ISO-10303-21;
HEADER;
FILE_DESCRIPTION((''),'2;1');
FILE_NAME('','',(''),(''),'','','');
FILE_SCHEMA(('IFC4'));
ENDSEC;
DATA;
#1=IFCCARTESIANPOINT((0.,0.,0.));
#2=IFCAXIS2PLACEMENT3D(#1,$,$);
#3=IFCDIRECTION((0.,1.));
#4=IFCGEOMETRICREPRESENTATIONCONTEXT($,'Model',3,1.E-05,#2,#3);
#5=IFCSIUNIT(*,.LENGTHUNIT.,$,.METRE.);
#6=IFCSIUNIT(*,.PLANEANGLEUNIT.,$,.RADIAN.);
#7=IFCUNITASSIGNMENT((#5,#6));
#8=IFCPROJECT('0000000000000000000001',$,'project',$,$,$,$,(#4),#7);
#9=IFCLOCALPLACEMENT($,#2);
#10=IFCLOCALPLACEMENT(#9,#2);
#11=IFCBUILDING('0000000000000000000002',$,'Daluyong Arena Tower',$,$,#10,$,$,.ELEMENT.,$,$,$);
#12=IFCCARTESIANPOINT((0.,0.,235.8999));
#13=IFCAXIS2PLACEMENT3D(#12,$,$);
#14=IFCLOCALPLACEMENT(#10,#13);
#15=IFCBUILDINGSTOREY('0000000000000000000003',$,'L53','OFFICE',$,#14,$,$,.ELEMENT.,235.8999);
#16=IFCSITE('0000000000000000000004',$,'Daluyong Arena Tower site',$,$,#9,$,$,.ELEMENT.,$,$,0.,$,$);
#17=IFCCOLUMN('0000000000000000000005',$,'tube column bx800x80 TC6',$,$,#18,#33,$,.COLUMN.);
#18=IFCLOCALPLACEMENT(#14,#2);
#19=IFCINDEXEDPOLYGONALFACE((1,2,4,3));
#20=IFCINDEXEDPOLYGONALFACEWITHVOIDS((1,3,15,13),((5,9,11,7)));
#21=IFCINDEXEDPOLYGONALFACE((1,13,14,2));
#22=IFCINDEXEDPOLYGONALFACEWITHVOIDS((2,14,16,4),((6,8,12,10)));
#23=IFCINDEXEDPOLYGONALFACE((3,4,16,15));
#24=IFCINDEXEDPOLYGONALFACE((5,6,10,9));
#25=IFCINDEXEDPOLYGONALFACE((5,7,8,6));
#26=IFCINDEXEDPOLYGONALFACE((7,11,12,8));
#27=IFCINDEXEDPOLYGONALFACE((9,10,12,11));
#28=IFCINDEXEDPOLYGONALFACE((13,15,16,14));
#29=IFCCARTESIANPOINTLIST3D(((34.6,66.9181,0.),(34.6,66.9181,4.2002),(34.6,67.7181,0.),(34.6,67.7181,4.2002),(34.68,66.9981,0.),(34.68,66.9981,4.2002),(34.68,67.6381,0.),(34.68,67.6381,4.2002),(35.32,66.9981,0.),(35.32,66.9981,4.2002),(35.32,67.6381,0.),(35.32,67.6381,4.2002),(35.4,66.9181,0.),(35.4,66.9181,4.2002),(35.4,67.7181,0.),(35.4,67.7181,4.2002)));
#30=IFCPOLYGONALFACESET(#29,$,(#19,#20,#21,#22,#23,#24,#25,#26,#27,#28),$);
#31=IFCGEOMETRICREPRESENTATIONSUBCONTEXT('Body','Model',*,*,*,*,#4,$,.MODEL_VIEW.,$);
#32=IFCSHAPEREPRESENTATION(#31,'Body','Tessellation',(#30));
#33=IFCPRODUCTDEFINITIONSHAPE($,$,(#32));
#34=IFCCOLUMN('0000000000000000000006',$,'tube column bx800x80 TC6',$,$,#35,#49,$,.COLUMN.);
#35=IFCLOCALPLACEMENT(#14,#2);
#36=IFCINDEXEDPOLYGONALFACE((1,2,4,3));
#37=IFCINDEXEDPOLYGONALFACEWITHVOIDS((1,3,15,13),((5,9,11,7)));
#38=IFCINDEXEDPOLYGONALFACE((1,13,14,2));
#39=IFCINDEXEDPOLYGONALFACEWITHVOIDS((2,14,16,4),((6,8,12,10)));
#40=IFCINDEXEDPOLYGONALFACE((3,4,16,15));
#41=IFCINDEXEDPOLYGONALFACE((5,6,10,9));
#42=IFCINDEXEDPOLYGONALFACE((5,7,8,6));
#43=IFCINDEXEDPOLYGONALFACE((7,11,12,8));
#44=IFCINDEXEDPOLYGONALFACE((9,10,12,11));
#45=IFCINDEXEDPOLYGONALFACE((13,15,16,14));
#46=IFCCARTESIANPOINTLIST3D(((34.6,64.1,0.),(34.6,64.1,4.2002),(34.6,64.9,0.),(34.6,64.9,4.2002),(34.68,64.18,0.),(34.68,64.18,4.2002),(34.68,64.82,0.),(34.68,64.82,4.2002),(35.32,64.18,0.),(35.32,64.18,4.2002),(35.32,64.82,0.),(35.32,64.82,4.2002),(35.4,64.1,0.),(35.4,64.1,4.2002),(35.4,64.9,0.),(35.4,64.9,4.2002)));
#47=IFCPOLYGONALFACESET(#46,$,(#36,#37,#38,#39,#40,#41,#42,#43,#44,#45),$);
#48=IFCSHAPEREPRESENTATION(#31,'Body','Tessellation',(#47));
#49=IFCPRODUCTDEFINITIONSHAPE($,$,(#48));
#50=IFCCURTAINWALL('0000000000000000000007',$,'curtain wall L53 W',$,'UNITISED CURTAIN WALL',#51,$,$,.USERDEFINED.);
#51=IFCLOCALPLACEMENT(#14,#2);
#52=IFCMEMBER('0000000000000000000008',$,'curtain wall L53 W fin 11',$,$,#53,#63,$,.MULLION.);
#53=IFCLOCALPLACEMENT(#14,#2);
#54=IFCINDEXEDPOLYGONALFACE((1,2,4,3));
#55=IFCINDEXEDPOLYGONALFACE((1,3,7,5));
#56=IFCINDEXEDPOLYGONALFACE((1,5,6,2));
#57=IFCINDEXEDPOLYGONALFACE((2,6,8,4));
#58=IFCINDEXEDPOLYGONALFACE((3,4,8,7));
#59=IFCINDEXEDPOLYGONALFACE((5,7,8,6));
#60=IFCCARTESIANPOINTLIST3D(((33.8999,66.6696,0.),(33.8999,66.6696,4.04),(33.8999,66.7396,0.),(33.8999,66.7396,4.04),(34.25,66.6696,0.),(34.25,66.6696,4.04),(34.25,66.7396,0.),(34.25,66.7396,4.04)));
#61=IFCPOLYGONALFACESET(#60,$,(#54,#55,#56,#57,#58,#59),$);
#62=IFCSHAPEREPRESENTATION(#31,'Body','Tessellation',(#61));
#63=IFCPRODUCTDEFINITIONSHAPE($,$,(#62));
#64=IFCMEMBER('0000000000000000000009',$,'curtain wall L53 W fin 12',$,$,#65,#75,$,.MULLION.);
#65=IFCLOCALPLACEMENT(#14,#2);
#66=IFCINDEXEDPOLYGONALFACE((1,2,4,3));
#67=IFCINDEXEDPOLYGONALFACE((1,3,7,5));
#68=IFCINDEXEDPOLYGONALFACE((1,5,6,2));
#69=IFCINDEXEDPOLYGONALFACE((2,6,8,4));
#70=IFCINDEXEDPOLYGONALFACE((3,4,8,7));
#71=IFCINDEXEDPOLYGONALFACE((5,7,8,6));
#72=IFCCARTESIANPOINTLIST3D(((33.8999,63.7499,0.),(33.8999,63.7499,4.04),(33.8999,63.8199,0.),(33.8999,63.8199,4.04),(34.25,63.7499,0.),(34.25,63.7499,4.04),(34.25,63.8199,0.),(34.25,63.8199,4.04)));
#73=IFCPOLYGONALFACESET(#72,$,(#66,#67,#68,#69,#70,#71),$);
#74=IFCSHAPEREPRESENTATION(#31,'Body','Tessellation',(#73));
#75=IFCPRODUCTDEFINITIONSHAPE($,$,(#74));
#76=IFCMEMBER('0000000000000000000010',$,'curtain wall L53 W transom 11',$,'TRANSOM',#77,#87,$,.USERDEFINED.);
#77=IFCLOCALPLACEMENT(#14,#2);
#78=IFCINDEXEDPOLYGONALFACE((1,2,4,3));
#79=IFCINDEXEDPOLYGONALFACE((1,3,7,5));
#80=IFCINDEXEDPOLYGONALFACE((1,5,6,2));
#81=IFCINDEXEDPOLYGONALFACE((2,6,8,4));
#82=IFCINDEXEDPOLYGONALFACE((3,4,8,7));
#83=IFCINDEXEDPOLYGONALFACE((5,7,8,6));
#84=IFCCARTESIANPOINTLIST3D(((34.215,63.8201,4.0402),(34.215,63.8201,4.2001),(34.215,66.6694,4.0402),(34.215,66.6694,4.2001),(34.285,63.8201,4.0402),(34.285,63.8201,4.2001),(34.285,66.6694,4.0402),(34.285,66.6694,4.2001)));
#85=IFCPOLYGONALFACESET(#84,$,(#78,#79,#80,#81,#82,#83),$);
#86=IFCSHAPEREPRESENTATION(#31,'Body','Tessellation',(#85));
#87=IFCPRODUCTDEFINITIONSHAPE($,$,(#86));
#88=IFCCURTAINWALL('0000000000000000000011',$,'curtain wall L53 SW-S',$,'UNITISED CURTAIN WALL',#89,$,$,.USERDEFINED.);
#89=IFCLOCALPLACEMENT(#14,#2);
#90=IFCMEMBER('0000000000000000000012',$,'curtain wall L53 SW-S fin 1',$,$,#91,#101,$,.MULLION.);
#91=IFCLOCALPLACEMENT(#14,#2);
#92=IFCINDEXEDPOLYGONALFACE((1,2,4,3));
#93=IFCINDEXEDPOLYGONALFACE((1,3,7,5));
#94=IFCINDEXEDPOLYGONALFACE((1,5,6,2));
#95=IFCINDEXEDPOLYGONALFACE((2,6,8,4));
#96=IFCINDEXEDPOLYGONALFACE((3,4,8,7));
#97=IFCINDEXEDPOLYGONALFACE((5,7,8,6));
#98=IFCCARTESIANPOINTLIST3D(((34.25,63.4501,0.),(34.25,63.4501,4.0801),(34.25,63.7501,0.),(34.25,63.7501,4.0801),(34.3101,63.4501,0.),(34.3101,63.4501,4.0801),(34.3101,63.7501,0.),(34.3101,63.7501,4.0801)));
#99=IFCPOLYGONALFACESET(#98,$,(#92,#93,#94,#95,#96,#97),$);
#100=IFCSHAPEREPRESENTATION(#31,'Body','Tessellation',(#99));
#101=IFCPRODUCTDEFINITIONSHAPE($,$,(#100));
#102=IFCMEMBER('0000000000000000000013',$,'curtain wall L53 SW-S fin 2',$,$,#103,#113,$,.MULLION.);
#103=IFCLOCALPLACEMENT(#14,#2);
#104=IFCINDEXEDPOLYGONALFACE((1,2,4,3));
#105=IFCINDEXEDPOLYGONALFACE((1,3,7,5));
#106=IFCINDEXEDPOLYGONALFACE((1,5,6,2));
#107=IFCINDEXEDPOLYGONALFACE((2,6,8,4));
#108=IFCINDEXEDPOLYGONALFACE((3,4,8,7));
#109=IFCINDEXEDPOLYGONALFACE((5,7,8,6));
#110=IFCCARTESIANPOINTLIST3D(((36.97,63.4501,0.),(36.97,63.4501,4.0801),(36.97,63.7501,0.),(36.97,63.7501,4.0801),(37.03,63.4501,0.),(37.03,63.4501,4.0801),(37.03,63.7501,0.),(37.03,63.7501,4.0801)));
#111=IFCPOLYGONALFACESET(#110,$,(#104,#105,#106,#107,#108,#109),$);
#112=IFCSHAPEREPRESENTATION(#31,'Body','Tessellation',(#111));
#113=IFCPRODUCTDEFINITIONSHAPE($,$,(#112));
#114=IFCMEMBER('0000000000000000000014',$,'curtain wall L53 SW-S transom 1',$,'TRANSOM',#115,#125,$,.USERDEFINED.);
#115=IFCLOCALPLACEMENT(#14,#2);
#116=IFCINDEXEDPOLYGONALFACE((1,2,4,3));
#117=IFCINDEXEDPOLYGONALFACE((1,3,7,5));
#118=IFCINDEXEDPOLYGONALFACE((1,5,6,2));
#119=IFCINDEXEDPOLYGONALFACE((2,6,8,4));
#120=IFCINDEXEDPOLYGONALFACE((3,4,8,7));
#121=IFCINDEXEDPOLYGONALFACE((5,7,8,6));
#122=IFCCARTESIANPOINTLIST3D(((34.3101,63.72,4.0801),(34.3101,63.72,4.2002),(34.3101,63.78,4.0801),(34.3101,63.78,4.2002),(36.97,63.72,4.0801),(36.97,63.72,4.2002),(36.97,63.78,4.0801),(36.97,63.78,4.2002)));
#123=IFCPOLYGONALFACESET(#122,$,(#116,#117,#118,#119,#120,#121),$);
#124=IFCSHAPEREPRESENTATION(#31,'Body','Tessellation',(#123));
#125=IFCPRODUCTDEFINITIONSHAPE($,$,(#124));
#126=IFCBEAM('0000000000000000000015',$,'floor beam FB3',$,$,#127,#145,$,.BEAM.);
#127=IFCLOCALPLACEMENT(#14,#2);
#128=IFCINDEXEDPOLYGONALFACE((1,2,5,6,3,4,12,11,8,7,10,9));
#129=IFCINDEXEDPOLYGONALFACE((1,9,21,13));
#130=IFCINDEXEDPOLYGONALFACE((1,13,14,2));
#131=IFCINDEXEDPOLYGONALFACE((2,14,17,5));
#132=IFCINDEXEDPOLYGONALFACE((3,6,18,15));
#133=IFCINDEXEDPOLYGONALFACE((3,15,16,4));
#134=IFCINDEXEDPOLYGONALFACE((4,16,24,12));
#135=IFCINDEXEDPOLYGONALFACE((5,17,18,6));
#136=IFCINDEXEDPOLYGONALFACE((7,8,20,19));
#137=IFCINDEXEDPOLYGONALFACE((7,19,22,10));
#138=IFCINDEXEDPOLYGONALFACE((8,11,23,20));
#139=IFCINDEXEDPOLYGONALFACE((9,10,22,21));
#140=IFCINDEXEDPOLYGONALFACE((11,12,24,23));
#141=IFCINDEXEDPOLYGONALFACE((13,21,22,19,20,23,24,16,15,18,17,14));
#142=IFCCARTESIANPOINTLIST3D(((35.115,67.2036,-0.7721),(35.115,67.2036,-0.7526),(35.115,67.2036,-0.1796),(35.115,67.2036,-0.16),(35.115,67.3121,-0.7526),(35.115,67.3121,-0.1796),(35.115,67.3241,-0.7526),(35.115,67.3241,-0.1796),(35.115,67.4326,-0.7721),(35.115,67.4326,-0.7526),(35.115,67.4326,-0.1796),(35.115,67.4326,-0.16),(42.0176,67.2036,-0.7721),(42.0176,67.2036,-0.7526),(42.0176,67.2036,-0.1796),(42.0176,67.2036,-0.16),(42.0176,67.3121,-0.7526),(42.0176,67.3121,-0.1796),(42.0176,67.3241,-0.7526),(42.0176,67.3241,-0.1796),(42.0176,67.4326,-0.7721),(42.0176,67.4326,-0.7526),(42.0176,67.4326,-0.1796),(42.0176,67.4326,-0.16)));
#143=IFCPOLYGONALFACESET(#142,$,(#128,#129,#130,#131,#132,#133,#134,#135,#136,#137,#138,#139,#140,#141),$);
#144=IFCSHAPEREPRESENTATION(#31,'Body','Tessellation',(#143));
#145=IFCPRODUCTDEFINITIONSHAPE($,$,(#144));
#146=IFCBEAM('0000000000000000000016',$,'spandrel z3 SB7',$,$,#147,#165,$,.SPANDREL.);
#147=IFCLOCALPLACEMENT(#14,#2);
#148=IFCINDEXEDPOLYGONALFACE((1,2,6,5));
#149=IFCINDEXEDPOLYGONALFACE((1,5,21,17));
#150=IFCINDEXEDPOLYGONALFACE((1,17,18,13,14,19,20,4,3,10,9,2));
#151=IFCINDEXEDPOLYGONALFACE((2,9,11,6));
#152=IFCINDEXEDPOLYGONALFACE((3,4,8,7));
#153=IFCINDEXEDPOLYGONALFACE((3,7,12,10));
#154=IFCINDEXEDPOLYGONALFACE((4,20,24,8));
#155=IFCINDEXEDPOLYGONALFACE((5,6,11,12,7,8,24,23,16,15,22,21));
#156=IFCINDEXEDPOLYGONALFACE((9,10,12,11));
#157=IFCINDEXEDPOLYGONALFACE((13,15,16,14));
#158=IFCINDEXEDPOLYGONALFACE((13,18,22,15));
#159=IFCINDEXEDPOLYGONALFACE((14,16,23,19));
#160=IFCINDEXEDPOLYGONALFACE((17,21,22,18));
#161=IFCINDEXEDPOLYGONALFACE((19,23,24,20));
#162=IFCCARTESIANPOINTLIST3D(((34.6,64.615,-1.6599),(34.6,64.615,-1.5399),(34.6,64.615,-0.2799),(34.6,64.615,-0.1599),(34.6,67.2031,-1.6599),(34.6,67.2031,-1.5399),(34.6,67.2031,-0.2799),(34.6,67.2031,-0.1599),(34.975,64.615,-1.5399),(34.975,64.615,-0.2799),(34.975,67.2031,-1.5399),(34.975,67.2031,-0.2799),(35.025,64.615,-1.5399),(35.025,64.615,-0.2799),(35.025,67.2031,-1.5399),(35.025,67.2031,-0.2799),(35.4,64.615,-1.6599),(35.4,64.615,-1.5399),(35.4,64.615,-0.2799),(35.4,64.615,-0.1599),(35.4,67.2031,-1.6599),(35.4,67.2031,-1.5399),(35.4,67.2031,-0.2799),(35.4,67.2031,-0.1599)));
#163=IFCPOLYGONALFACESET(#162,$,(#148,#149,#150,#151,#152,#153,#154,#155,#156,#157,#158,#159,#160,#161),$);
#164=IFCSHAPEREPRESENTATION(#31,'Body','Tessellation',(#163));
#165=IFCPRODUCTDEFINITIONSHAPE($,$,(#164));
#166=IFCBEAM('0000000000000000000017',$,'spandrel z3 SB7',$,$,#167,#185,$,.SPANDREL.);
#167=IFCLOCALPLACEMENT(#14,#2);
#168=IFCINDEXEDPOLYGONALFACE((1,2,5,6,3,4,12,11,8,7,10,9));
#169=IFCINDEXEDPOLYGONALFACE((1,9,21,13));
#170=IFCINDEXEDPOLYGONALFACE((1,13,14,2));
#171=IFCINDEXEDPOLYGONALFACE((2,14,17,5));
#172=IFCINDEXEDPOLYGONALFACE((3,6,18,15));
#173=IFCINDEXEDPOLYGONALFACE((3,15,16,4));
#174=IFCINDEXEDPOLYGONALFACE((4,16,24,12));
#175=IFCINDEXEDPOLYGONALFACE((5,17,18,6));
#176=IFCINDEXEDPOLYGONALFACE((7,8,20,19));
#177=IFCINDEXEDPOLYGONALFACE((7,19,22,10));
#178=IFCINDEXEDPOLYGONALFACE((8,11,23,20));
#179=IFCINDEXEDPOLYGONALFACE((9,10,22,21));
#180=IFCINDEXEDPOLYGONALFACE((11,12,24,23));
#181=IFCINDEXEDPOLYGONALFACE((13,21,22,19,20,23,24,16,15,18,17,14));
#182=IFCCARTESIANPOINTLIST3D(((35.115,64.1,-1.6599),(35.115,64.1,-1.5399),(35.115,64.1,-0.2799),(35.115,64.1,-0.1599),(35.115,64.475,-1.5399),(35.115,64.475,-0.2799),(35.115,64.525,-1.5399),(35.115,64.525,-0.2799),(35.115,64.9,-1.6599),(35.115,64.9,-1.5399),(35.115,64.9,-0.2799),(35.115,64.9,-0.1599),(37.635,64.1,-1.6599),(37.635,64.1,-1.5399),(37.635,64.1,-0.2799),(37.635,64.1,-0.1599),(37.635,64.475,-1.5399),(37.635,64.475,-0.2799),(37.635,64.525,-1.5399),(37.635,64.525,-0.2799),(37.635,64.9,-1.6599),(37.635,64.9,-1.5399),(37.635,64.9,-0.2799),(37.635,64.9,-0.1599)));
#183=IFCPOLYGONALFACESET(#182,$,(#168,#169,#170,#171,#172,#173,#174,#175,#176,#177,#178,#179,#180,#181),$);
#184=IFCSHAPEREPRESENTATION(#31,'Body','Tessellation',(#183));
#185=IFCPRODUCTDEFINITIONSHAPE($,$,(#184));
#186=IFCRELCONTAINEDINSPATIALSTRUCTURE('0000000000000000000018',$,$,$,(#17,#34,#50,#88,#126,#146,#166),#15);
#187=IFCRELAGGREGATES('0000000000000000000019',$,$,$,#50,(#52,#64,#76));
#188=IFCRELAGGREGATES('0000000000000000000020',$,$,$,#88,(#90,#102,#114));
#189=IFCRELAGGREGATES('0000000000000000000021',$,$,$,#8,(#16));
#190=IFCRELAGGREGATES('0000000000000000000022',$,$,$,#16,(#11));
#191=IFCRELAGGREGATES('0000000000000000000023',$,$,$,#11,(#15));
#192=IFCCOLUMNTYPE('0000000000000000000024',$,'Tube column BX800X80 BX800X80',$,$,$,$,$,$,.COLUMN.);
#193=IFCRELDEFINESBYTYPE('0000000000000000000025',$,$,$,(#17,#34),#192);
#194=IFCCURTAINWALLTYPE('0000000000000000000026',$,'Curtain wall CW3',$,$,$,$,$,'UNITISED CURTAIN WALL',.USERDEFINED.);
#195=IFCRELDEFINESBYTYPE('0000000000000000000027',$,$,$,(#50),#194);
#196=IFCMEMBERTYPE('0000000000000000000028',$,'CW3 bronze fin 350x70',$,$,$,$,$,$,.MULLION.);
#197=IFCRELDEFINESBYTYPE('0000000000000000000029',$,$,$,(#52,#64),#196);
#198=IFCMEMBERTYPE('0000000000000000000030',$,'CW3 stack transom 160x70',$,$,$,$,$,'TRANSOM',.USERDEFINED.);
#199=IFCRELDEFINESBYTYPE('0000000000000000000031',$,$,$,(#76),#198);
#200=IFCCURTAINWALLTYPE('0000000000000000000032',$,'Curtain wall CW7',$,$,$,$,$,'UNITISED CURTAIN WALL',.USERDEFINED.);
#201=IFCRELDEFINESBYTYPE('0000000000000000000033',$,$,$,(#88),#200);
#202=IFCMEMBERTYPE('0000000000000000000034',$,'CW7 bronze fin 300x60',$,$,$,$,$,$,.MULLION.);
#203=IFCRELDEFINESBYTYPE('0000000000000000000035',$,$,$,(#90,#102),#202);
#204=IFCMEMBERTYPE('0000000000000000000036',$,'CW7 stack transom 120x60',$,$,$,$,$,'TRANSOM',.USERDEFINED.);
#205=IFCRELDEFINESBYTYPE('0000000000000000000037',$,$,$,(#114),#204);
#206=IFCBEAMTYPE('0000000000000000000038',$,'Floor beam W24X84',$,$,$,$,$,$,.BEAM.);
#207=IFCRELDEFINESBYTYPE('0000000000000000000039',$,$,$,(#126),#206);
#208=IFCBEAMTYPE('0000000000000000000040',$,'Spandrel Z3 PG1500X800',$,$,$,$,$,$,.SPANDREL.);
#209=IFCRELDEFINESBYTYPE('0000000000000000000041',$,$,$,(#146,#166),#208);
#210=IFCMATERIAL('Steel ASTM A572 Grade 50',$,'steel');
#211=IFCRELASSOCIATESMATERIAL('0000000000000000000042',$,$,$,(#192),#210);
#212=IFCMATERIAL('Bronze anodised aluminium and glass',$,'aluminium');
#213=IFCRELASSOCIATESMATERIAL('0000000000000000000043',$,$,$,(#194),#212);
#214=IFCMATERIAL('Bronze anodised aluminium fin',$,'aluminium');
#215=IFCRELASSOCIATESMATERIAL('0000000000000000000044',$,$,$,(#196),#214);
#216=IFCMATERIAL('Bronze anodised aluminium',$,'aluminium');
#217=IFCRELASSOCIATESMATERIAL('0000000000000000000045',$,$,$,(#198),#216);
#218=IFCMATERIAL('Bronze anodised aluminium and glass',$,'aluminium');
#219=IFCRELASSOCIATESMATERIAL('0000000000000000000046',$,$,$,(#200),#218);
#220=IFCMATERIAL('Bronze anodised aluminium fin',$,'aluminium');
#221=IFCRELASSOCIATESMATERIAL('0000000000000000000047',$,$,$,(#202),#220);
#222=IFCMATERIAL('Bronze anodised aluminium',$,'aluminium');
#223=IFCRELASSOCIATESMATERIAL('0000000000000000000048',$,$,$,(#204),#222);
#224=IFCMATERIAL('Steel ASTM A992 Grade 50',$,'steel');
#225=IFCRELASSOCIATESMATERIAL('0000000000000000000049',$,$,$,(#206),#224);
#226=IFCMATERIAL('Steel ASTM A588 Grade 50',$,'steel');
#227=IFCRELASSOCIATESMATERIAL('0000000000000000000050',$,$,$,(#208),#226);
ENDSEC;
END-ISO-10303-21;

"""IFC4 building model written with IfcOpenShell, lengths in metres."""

from ifc_helpers import new_model, si_unit, direction, frame, origin, origin_2d, place, context, subcontext, project, spatial, rectangle, hollow_rectangle, i_section, extrude, material, material_profile, profile_set, type_object, element, aggregate, save


model = new_model("IFC4")

# Units and contexts
model_context = context("Model", 3, precision=1e-05, world=origin(), true_north=direction((0.0, 1.0)))
body_context = subcontext(model_context, "Body", "Model", "MODEL_VIEW")
ifc_project = project(units=[si_unit("LENGTHUNIT", "METRE"), si_unit("PLANEANGLEUNIT", "RADIAN")], contexts=[model_context])

# Site, building, storey
site_placement = place(None, origin())
site = spatial("IfcSite", under=ifc_project, at=site_placement, Name="Daluyong Arena Tower site", CompositionType="ELEMENT", RefElevation=0.0)
building_placement = place(site_placement, origin())
building = spatial("IfcBuilding", under=site, at=building_placement, Name="Daluyong Arena Tower", CompositionType="ELEMENT")
storey_placement = place(building_placement, frame((0.0, 0.0, 235.8999)))
storey = spatial("IfcBuildingStorey", under=building, at=storey_placement, Name="L53", Description="OFFICE", CompositionType="ELEMENT", Elevation=235.8999)

# Columns
ifc_material_1 = material(Name="Steel ASTM A572 Grade 50", Category="steel")
ifc_material_profile_1 = material_profile(ifc_material_1, hollow_rectangle(XDim=0.8, YDim=0.8, WallThickness=0.08, at=origin_2d()))
ifc_profile_set_1 = profile_set([ifc_material_profile_1], Name="Steel ASTM A572 Grade 50")
column_type = type_object("IfcColumnType", Name="Tube column BX800X80 BX800X80", PredefinedType="COLUMN", material=ifc_profile_set_1)
for number, where, z_axis, x_axis, name in (
    (1, (35.0, 67.3181, 0.0), (0.0, 0.0, 1.0), (0.0, 1.0, 0.0), "tube column bx800x80 TC6"),
    (2, (35.0, 64.5, 0.0), (0.0, 0.0, 1.0), (1.0, 0.0, 0.0), "tube column bx800x80 TC6"),
):
    element("IfcColumn", number, at=place(storey_placement, frame(where, z_axis=z_axis, x_axis=x_axis)), inside=storey, type_object=column_type, Name=name, PredefinedType="COLUMN", context=body_context, shape_type="SweptSolid", body=[
        extrude(hollow_rectangle(XDim=0.8, YDim=0.8, WallThickness=0.08, at=origin_2d()), origin(), (0.0, 0.0, 1.0), 4.2002),
    ])

# Curtain walls, members
ifc_material_2 = material(Name="Bronze anodised aluminium and glass", Category="aluminium")
curtain_wall_type_1 = type_object("IfcCurtainWallType", Name="Curtain wall CW3", ElementType="UNITISED CURTAIN WALL", PredefinedType="USERDEFINED", material=ifc_material_2)
curtain_wall_1_placement = place(storey_placement, origin())
curtain_wall_1 = element("IfcCurtainWall", 3, at=curtain_wall_1_placement, inside=storey, type_object=curtain_wall_type_1, Name="curtain wall L53 W", ObjectType="UNITISED CURTAIN WALL", PredefinedType="USERDEFINED")
ifc_material_3 = material(Name="Bronze anodised aluminium fin", Category="aluminium")
ifc_material_profile_2 = material_profile(ifc_material_3, rectangle(XDim=0.3501, YDim=0.0701, at=origin_2d()))
ifc_profile_set_2 = profile_set([ifc_material_profile_2], Name="Bronze anodised aluminium fin")
member_type_1 = type_object("IfcMemberType", Name="CW3 bronze fin 350x70", PredefinedType="MULLION", material=ifc_profile_set_2)
member_1_placement = place(storey_placement, frame((34.075, 66.7046, 0.0), z_axis=(0.0, 0.0, 1.0), x_axis=(1.0, 0.0, 0.0)))
member_1 = element("IfcMember", 4, at=member_1_placement, type_object=member_type_1, Name="curtain wall L53 W fin 11", PredefinedType="MULLION", context=body_context, shape_type="SweptSolid", body=[
    extrude(rectangle(XDim=0.3501, YDim=0.0701, at=origin_2d()), origin(), (0.0, 0.0, 1.0), 4.04),
])
member_2_placement = place(storey_placement, frame((34.075, 63.7849, 0.0), z_axis=(0.0, 0.0, 1.0), x_axis=(1.0, 0.0, 0.0)))
member_2 = element("IfcMember", 5, at=member_2_placement, type_object=member_type_1, Name="curtain wall L53 W fin 12", PredefinedType="MULLION", context=body_context, shape_type="SweptSolid", body=[
    extrude(rectangle(XDim=0.3501, YDim=0.0701, at=origin_2d()), origin(), (0.0, 0.0, 1.0), 4.04),
])
ifc_material_4 = material(Name="Bronze anodised aluminium", Category="aluminium")
ifc_material_profile_3 = material_profile(ifc_material_4, rectangle(XDim=0.0701, YDim=0.1599, at=origin_2d()))
ifc_profile_set_3 = profile_set([ifc_material_profile_3], Name="Bronze anodised aluminium")
member_type_2 = type_object("IfcMemberType", Name="CW3 stack transom 160x70", ElementType="TRANSOM", PredefinedType="USERDEFINED", material=ifc_profile_set_3)
member_3_placement = place(storey_placement, frame((34.25, 66.6694, 4.1201), z_axis=(0.0, -1.0, 0.0), x_axis=(1.0, 0.0, 0.0)))
member_3 = element("IfcMember", 6, at=member_3_placement, type_object=member_type_2, Name="curtain wall L53 W transom 11", ObjectType="TRANSOM", PredefinedType="USERDEFINED", context=body_context, shape_type="SweptSolid", body=[
    extrude(rectangle(XDim=0.0701, YDim=0.1599, at=origin_2d()), origin(), (0.0, 0.0, 1.0), 2.8494),
])
ifc_material_5 = material(Name="Bronze anodised aluminium and glass", Category="aluminium")
curtain_wall_type_2 = type_object("IfcCurtainWallType", Name="Curtain wall CW7", ElementType="UNITISED CURTAIN WALL", PredefinedType="USERDEFINED", material=ifc_material_5)
curtain_wall_2_placement = place(storey_placement, origin())
curtain_wall_2 = element("IfcCurtainWall", 7, at=curtain_wall_2_placement, inside=storey, type_object=curtain_wall_type_2, Name="curtain wall L53 SW-S", ObjectType="UNITISED CURTAIN WALL", PredefinedType="USERDEFINED")
ifc_material_6 = material(Name="Bronze anodised aluminium fin", Category="aluminium")
ifc_material_profile_4 = material_profile(ifc_material_6, rectangle(XDim=0.3, YDim=0.0601, at=origin_2d()))
ifc_profile_set_4 = profile_set([ifc_material_profile_4], Name="Bronze anodised aluminium fin")
member_type_3 = type_object("IfcMemberType", Name="CW7 bronze fin 300x60", PredefinedType="MULLION", material=ifc_profile_set_4)
member_4_placement = place(storey_placement, frame((34.28, 63.6001, 0.0), z_axis=(0.0, 0.0, 1.0), x_axis=(0.0, 1.0, 0.0)))
member_4 = element("IfcMember", 8, at=member_4_placement, type_object=member_type_3, Name="curtain wall L53 SW-S fin 1", PredefinedType="MULLION", context=body_context, shape_type="SweptSolid", body=[
    extrude(rectangle(XDim=0.3, YDim=0.0601, at=origin_2d()), origin(), (0.0, 0.0, 1.0), 4.0801),
])
member_5_placement = place(storey_placement, frame((37.0, 63.6001, 0.0), z_axis=(0.0, 0.0, 1.0), x_axis=(0.0, 1.0, 0.0)))
member_5 = element("IfcMember", 9, at=member_5_placement, type_object=member_type_3, Name="curtain wall L53 SW-S fin 2", PredefinedType="MULLION", context=body_context, shape_type="SweptSolid", body=[
    extrude(rectangle(XDim=0.3, YDim=0.0601, at=origin_2d()), origin(), (0.0, 0.0, 1.0), 4.0801),
])
ifc_material_7 = material(Name="Bronze anodised aluminium", Category="aluminium")
ifc_material_profile_5 = material_profile(ifc_material_7, rectangle(XDim=0.0601, YDim=0.1201, at=origin_2d()))
ifc_profile_set_5 = profile_set([ifc_material_profile_5], Name="Bronze anodised aluminium")
member_type_4 = type_object("IfcMemberType", Name="CW7 stack transom 120x60", ElementType="TRANSOM", PredefinedType="USERDEFINED", material=ifc_profile_set_5)
member_6_placement = place(storey_placement, frame((34.3101, 63.75, 4.1401), z_axis=(1.0, 0.0, 0.0), x_axis=(0.0, 1.0, 0.0)))
member_6 = element("IfcMember", 10, at=member_6_placement, type_object=member_type_4, Name="curtain wall L53 SW-S transom 1", ObjectType="TRANSOM", PredefinedType="USERDEFINED", context=body_context, shape_type="SweptSolid", body=[
    extrude(rectangle(XDim=0.0601, YDim=0.1201, at=origin_2d()), origin(), (0.0, 0.0, 1.0), 2.6599),
])

# Beams
ifc_material_8 = material(Name="Steel ASTM A992 Grade 50", Category="steel")
ifc_material_profile_6 = material_profile(ifc_material_8, i_section(OverallWidth=0.229, OverallDepth=0.6121, WebThickness=0.012, FlangeThickness=0.0195, at=origin_2d()))
ifc_profile_set_6 = profile_set([ifc_material_profile_6], Name="Steel ASTM A992 Grade 50")
beam_type_1 = type_object("IfcBeamType", Name="Floor beam W24X84", PredefinedType="BEAM", material=ifc_profile_set_6)
beam_1_placement = place(storey_placement, frame((35.115, 67.3181, -0.4661), z_axis=(1.0, 0.0, 0.0), x_axis=(0.0, 1.0, 0.0)))
element("IfcBeam", 11, at=beam_1_placement, inside=storey, type_object=beam_type_1, Name="floor beam FB3", PredefinedType="BEAM", context=body_context, shape_type="SweptSolid", body=[
    extrude(i_section(OverallWidth=0.229, OverallDepth=0.6121, WebThickness=0.012, FlangeThickness=0.0195, at=origin_2d()), origin(), (0.0, 0.0, 1.0), 6.9026),
])
ifc_material_9 = material(Name="Steel ASTM A588 Grade 50", Category="steel")
ifc_material_profile_7 = material_profile(ifc_material_9, i_section(OverallWidth=0.8, OverallDepth=1.5, WebThickness=0.05, FlangeThickness=0.12, at=origin_2d()))
ifc_profile_set_7 = profile_set([ifc_material_profile_7], Name="Steel ASTM A588 Grade 50")
beam_type_2 = type_object("IfcBeamType", Name="Spandrel Z3 PG1500X800", PredefinedType="SPANDREL", material=ifc_profile_set_7)
beam_2_placement = place(storey_placement, frame((35.0, 67.2031, -0.9099), z_axis=(0.0, -1.0, 0.0), x_axis=(1.0, 0.0, 0.0)))
element("IfcBeam", 12, at=beam_2_placement, inside=storey, type_object=beam_type_2, Name="spandrel z3 SB7", PredefinedType="SPANDREL", context=body_context, shape_type="SweptSolid", body=[
    extrude(i_section(OverallWidth=0.8, OverallDepth=1.5, WebThickness=0.05, FlangeThickness=0.12, at=origin_2d()), origin(), (0.0, 0.0, 1.0), 2.5881),
])
beam_3_placement = place(storey_placement, frame((35.115, 64.5, -0.9099), z_axis=(1.0, 0.0, 0.0), x_axis=(0.0, 1.0, 0.0)))
element("IfcBeam", 13, at=beam_3_placement, inside=storey, type_object=beam_type_2, Name="spandrel z3 SB7", PredefinedType="SPANDREL", context=body_context, shape_type="SweptSolid", body=[
    extrude(i_section(OverallWidth=0.8, OverallDepth=1.5, WebThickness=0.05, FlangeThickness=0.12, at=origin_2d()), origin(), (0.0, 0.0, 1.0), 2.52),
])

aggregate(curtain_wall_1, [member_1, member_2, member_3])
aggregate(curtain_wall_2, [member_4, member_5, member_6])

save(model, "model.ifc")
